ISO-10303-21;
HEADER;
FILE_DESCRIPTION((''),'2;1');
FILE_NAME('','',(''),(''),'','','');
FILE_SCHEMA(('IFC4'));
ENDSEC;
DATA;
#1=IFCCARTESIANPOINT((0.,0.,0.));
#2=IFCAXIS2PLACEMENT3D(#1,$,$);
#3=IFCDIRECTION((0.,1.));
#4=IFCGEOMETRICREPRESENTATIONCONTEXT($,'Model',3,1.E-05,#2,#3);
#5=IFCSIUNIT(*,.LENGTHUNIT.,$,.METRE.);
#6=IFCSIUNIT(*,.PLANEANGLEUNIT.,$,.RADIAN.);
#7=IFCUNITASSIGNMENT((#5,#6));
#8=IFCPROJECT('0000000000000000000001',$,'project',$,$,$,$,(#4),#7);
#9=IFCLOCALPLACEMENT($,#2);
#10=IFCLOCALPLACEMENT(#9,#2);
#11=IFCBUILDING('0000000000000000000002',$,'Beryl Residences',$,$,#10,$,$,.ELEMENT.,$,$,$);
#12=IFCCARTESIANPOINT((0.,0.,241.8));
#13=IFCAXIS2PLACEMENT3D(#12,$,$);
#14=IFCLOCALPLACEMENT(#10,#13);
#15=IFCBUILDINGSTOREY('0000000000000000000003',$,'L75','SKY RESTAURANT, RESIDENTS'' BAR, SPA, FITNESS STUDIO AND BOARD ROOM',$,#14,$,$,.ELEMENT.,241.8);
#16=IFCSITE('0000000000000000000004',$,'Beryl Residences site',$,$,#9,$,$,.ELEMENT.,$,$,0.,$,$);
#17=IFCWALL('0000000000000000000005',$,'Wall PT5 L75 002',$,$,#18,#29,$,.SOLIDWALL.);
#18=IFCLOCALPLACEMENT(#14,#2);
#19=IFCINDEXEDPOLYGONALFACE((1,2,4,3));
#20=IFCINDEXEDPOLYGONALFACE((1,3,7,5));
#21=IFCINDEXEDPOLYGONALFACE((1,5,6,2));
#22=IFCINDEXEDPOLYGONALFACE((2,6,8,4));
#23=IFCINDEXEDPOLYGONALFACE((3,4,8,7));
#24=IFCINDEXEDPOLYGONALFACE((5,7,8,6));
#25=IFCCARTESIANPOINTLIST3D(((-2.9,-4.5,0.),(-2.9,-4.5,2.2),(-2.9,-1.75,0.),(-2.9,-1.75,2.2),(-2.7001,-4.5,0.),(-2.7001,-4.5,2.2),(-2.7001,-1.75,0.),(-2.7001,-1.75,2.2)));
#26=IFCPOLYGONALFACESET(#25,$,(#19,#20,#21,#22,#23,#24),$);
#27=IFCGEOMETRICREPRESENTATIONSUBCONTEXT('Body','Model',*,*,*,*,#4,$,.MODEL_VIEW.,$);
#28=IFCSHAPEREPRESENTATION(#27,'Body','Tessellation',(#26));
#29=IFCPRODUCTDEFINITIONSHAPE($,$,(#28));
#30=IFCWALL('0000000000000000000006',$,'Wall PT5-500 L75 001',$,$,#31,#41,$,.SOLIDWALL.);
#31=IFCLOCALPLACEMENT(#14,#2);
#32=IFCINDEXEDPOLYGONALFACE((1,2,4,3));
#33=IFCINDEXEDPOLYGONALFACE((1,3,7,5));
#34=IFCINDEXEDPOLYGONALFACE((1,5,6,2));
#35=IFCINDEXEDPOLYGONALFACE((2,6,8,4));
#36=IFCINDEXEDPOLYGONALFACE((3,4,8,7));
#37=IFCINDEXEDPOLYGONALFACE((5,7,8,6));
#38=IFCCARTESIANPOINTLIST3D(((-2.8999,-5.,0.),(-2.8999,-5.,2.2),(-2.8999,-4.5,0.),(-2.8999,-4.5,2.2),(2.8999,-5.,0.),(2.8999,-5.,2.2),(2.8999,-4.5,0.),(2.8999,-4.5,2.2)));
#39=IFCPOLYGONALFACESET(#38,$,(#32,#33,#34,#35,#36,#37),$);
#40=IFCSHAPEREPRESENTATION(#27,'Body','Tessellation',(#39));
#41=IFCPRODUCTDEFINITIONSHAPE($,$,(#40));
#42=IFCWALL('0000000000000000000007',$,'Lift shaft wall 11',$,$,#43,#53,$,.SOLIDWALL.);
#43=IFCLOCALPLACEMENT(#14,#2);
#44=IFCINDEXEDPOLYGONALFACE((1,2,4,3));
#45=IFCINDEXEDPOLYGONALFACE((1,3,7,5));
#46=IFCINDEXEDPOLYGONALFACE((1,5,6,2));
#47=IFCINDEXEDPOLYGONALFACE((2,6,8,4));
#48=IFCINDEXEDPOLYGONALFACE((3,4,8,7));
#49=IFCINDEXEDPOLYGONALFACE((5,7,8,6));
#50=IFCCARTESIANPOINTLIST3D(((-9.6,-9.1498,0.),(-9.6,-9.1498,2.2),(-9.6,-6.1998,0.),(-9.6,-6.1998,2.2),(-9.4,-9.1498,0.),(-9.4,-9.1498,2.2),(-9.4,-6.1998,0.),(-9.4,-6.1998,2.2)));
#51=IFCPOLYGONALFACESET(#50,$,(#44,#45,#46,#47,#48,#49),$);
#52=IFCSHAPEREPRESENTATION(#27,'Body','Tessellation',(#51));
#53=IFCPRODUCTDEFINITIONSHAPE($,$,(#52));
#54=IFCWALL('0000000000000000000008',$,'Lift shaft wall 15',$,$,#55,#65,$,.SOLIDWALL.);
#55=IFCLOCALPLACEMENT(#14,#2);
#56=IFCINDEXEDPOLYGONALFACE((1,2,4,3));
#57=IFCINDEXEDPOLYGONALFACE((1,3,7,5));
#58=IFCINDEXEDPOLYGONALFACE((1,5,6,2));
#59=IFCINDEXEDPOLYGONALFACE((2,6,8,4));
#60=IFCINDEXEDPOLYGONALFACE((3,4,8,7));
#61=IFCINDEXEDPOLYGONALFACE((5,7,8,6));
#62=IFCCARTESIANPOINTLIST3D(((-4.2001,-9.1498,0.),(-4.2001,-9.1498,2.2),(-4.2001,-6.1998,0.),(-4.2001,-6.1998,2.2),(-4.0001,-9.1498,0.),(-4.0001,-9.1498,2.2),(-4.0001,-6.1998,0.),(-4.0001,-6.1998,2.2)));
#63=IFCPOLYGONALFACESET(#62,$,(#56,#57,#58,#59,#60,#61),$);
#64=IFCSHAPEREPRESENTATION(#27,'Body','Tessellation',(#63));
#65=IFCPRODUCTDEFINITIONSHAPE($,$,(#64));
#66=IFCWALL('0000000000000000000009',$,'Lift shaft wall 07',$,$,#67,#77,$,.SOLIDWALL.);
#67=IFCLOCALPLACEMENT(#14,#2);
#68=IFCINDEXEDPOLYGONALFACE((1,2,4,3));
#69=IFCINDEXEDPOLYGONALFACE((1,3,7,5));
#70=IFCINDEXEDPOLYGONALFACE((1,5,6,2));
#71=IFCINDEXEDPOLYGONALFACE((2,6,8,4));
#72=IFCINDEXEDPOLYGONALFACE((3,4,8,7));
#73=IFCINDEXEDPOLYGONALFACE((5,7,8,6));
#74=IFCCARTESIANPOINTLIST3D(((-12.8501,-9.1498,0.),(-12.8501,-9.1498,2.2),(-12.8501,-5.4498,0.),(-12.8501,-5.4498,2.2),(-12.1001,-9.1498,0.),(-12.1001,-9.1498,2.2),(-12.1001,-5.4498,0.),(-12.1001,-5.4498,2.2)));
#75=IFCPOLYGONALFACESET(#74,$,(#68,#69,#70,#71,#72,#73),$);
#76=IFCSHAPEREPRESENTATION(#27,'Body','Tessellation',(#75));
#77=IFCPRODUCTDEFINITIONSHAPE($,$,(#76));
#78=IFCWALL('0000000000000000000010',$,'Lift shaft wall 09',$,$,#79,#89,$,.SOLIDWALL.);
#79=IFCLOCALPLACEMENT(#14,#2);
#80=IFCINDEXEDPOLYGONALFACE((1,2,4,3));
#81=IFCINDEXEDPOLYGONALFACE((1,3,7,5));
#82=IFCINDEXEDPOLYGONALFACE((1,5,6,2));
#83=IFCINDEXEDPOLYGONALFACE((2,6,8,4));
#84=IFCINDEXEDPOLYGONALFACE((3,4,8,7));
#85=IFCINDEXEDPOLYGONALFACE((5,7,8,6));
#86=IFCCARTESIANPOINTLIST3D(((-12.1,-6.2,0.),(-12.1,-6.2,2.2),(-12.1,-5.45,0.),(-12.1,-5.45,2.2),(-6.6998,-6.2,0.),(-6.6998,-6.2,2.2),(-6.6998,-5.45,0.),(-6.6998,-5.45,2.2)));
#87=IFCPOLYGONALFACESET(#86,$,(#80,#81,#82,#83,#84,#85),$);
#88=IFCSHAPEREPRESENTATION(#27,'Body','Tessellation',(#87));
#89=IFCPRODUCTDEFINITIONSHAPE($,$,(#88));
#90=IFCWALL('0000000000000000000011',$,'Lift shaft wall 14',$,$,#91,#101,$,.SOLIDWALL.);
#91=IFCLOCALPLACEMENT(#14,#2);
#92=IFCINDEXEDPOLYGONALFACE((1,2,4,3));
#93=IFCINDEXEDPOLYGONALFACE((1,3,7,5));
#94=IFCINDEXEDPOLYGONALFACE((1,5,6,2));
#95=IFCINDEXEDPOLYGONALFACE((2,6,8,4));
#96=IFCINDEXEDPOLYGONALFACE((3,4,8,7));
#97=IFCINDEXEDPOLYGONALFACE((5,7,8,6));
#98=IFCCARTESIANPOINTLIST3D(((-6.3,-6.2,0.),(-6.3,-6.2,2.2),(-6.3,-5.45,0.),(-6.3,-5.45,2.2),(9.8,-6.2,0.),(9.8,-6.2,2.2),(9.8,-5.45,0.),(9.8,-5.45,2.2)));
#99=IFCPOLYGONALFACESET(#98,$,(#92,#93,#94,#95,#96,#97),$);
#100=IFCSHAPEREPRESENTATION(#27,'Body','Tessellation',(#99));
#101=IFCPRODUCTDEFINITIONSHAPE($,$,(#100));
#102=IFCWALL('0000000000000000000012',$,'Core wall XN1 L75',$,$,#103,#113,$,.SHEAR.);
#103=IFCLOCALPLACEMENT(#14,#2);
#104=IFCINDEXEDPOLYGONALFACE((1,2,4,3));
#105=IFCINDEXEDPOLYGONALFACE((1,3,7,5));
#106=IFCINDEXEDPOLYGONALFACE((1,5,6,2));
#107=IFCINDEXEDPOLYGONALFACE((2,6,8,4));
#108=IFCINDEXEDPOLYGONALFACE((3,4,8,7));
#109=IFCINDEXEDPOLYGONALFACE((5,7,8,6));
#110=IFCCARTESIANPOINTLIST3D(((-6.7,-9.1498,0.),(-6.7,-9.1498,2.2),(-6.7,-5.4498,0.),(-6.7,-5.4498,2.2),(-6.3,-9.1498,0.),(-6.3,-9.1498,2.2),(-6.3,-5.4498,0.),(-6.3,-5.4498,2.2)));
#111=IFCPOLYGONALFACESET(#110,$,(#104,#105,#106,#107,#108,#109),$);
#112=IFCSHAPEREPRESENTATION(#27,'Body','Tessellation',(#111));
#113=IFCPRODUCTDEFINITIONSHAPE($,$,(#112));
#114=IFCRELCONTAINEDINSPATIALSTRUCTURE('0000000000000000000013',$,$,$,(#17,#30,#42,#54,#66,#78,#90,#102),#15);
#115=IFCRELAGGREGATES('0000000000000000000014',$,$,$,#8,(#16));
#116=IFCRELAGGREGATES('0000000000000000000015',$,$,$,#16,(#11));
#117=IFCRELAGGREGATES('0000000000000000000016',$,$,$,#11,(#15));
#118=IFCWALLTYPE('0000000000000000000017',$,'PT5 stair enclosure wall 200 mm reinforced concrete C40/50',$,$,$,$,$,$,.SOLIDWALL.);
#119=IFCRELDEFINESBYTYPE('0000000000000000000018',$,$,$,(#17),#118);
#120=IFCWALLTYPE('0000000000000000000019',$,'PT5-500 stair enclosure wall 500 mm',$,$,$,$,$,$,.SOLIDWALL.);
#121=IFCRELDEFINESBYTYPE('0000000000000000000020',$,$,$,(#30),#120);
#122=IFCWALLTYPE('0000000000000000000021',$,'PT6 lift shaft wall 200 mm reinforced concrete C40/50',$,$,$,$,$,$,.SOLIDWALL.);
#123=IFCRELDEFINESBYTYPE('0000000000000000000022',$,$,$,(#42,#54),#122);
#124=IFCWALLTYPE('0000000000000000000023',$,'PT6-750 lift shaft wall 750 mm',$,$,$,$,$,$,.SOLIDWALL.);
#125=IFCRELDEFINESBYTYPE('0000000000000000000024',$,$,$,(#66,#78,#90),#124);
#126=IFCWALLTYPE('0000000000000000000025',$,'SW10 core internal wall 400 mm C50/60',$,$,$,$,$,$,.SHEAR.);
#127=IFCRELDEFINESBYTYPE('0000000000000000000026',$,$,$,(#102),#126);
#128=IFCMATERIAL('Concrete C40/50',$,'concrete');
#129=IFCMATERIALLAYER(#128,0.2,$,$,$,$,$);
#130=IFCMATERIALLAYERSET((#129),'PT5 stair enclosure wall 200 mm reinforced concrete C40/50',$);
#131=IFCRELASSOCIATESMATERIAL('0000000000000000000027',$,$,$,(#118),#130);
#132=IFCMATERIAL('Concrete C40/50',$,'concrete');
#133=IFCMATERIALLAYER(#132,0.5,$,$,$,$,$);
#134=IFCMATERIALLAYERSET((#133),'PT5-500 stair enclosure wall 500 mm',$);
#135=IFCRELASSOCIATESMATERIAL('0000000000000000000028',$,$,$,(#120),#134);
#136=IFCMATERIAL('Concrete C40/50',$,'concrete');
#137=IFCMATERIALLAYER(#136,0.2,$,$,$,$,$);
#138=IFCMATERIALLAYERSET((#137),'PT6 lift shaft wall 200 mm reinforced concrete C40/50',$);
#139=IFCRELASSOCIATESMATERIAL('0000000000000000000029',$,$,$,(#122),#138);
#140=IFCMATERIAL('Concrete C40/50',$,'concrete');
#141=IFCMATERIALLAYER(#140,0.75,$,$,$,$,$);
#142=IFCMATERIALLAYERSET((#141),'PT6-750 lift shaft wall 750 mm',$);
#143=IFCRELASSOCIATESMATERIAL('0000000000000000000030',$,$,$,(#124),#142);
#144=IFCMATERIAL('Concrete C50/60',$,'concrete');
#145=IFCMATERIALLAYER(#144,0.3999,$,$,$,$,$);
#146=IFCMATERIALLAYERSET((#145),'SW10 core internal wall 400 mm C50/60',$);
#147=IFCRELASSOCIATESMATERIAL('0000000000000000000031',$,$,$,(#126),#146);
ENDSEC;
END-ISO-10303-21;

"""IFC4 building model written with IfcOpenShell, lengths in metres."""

from ifc_helpers import new_model, si_unit, direction, frame, frame_2d, origin, place, context, subcontext, project, spatial, rectangle, extrude, material, layer, layer_set, type_object, element, save


model = new_model("IFC4")

# Units and contexts
model_context = context("Model", 3, precision=1e-05, world=origin(), true_north=direction((0.0, 1.0)))
body_context = subcontext(model_context, "Body", "Model", "MODEL_VIEW")
ifc_project = project(units=[si_unit("LENGTHUNIT", "METRE"), si_unit("PLANEANGLEUNIT", "RADIAN")], contexts=[model_context])

# Site, building, storey
site_placement = place(None, origin())
site = spatial("IfcSite", under=ifc_project, at=site_placement, Name="Beryl Residences site", CompositionType="ELEMENT", RefElevation=0.0)
building_placement = place(site_placement, origin())
building = spatial("IfcBuilding", under=site, at=building_placement, Name="Beryl Residences", CompositionType="ELEMENT")
storey_placement = place(building_placement, frame((0.0, 0.0, 241.8)))
storey = spatial("IfcBuildingStorey", under=building, at=storey_placement, Name="L75", Description="SKY RESTAURANT, RESIDENTS' BAR, SPA, FITNESS STUDIO AND BOARD ROOM", CompositionType="ELEMENT", Elevation=241.8)

# Walls
ifc_material_1 = material(Name="Concrete C40/50", Category="concrete")
ifc_layer_1 = layer(ifc_material_1, 0.2)
ifc_layer_set_1 = layer_set([ifc_layer_1], Name="PT5 stair enclosure wall 200 mm reinforced concrete C40/50")
wall_type_1 = type_object("IfcWallType", Name="PT5 stair enclosure wall 200 mm reinforced concrete C40/50", PredefinedType="SOLIDWALL", material=ifc_layer_set_1)
wall_1_placement = place(storey_placement, frame((-2.8, -4.5, 0.0), z_axis=(0.0, 0.0, 1.0), x_axis=(0.0, 1.0, 0.0)))
element("IfcWall", 1, at=wall_1_placement, inside=storey, type_object=wall_type_1, Name="Wall PT5 L75 002", PredefinedType="SOLIDWALL", context=body_context, shape_type="SweptSolid", body=[
    extrude(rectangle(XDim=2.75, YDim=0.2, at=frame_2d((1.375, 0.0))), origin(), (0.0, 0.0, 1.0), 2.2),
])
ifc_material_2 = material(Name="Concrete C40/50", Category="concrete")
ifc_layer_2 = layer(ifc_material_2, 0.5)
ifc_layer_set_2 = layer_set([ifc_layer_2], Name="PT5-500 stair enclosure wall 500 mm")
wall_type_2 = type_object("IfcWallType", Name="PT5-500 stair enclosure wall 500 mm", PredefinedType="SOLIDWALL", material=ifc_layer_set_2)
wall_2_placement = place(storey_placement, frame((-2.8999, -4.75, 0.0), z_axis=(0.0, 0.0, 1.0), x_axis=(1.0, 0.0, 0.0)))
element("IfcWall", 2, at=wall_2_placement, inside=storey, type_object=wall_type_2, Name="Wall PT5-500 L75 001", PredefinedType="SOLIDWALL", context=body_context, shape_type="SweptSolid", body=[
    extrude(rectangle(XDim=5.7998, YDim=0.5, at=frame_2d((2.8999, 0.0))), origin(), (0.0, 0.0, 1.0), 2.2),
])
ifc_material_3 = material(Name="Concrete C40/50", Category="concrete")
ifc_layer_3 = layer(ifc_material_3, 0.2)
ifc_layer_set_3 = layer_set([ifc_layer_3], Name="PT6 lift shaft wall 200 mm reinforced concrete C40/50")
wall_type_3 = type_object("IfcWallType", Name="PT6 lift shaft wall 200 mm reinforced concrete C40/50", PredefinedType="SOLIDWALL", material=ifc_layer_set_3)
for number, where, z_axis, x_axis, name in (
    (3, (-9.5, -9.1499, 0.0), (0.0, 0.0, 1.0), (0.0, 1.0, 0.0), "Lift shaft wall 11"),
    (4, (-4.1001, -9.1499, 0.0), (0.0, 0.0, 1.0), (0.0, 1.0, 0.0), "Lift shaft wall 15"),
):
    element("IfcWall", number, at=place(storey_placement, frame(where, z_axis=z_axis, x_axis=x_axis)), inside=storey, type_object=wall_type_3, Name=name, PredefinedType="SOLIDWALL", context=body_context, shape_type="SweptSolid", body=[
        extrude(rectangle(XDim=2.95, YDim=0.2, at=frame_2d((1.4751, 0.0))), origin(), (0.0, 0.0, 1.0), 2.2),
    ])
ifc_material_4 = material(Name="Concrete C40/50", Category="concrete")
ifc_layer_4 = layer(ifc_material_4, 0.75)
ifc_layer_set_4 = layer_set([ifc_layer_4], Name="PT6-750 lift shaft wall 750 mm")
wall_type_4 = type_object("IfcWallType", Name="PT6-750 lift shaft wall 750 mm", PredefinedType="SOLIDWALL", material=ifc_layer_set_4)
wall_3_placement = place(storey_placement, frame((-12.4751, -9.1499, 0.0), z_axis=(0.0, 0.0, 1.0), x_axis=(0.0, 1.0, 0.0)))
element("IfcWall", 5, at=wall_3_placement, inside=storey, type_object=wall_type_4, Name="Lift shaft wall 07", PredefinedType="SOLIDWALL", context=body_context, shape_type="SweptSolid", body=[
    extrude(rectangle(XDim=3.7, YDim=0.75, at=frame_2d((1.8501, 0.0))), origin(), (0.0, 0.0, 1.0), 2.2),
])
wall_4_placement = place(storey_placement, frame((-12.1001, -5.825, 0.0), z_axis=(0.0, 0.0, 1.0), x_axis=(1.0, 0.0, 0.0)))
element("IfcWall", 6, at=wall_4_placement, inside=storey, type_object=wall_type_4, Name="Lift shaft wall 09", PredefinedType="SOLIDWALL", context=body_context, shape_type="SweptSolid", body=[
    extrude(rectangle(XDim=5.4001, YDim=0.75, at=frame_2d((2.7002, 0.0))), origin(), (0.0, 0.0, 1.0), 2.2),
])
wall_5_placement = place(storey_placement, frame((-6.3, -5.825, 0.0), z_axis=(0.0, 0.0, 1.0), x_axis=(1.0, 0.0, 0.0)))
element("IfcWall", 7, at=wall_5_placement, inside=storey, type_object=wall_type_4, Name="Lift shaft wall 14", PredefinedType="SOLIDWALL", context=body_context, shape_type="SweptSolid", body=[
    extrude(rectangle(XDim=16.1001, YDim=0.75, at=frame_2d((8.05, 0.0))), origin(), (0.0, 0.0, 1.0), 2.2),
])
ifc_material_5 = material(Name="Concrete C50/60", Category="concrete")
ifc_layer_5 = layer(ifc_material_5, 0.3999)
ifc_layer_set_5 = layer_set([ifc_layer_5], Name="SW10 core internal wall 400 mm C50/60")
wall_type_5 = type_object("IfcWallType", Name="SW10 core internal wall 400 mm C50/60", PredefinedType="SHEAR", material=ifc_layer_set_5)
wall_6_placement = place(storey_placement, frame((-6.5, -9.1499, 0.0), z_axis=(0.0, 0.0, 1.0), x_axis=(0.0, 1.0, 0.0)))
element("IfcWall", 8, at=wall_6_placement, inside=storey, type_object=wall_type_5, Name="Core wall XN1 L75", PredefinedType="SHEAR", context=body_context, shape_type="SweptSolid", body=[
    extrude(rectangle(XDim=3.7, YDim=0.3999, at=frame_2d((1.8501, 0.0))), origin(), (0.0, 0.0, 1.0), 2.2),
])

save(model, "model.ifc")
